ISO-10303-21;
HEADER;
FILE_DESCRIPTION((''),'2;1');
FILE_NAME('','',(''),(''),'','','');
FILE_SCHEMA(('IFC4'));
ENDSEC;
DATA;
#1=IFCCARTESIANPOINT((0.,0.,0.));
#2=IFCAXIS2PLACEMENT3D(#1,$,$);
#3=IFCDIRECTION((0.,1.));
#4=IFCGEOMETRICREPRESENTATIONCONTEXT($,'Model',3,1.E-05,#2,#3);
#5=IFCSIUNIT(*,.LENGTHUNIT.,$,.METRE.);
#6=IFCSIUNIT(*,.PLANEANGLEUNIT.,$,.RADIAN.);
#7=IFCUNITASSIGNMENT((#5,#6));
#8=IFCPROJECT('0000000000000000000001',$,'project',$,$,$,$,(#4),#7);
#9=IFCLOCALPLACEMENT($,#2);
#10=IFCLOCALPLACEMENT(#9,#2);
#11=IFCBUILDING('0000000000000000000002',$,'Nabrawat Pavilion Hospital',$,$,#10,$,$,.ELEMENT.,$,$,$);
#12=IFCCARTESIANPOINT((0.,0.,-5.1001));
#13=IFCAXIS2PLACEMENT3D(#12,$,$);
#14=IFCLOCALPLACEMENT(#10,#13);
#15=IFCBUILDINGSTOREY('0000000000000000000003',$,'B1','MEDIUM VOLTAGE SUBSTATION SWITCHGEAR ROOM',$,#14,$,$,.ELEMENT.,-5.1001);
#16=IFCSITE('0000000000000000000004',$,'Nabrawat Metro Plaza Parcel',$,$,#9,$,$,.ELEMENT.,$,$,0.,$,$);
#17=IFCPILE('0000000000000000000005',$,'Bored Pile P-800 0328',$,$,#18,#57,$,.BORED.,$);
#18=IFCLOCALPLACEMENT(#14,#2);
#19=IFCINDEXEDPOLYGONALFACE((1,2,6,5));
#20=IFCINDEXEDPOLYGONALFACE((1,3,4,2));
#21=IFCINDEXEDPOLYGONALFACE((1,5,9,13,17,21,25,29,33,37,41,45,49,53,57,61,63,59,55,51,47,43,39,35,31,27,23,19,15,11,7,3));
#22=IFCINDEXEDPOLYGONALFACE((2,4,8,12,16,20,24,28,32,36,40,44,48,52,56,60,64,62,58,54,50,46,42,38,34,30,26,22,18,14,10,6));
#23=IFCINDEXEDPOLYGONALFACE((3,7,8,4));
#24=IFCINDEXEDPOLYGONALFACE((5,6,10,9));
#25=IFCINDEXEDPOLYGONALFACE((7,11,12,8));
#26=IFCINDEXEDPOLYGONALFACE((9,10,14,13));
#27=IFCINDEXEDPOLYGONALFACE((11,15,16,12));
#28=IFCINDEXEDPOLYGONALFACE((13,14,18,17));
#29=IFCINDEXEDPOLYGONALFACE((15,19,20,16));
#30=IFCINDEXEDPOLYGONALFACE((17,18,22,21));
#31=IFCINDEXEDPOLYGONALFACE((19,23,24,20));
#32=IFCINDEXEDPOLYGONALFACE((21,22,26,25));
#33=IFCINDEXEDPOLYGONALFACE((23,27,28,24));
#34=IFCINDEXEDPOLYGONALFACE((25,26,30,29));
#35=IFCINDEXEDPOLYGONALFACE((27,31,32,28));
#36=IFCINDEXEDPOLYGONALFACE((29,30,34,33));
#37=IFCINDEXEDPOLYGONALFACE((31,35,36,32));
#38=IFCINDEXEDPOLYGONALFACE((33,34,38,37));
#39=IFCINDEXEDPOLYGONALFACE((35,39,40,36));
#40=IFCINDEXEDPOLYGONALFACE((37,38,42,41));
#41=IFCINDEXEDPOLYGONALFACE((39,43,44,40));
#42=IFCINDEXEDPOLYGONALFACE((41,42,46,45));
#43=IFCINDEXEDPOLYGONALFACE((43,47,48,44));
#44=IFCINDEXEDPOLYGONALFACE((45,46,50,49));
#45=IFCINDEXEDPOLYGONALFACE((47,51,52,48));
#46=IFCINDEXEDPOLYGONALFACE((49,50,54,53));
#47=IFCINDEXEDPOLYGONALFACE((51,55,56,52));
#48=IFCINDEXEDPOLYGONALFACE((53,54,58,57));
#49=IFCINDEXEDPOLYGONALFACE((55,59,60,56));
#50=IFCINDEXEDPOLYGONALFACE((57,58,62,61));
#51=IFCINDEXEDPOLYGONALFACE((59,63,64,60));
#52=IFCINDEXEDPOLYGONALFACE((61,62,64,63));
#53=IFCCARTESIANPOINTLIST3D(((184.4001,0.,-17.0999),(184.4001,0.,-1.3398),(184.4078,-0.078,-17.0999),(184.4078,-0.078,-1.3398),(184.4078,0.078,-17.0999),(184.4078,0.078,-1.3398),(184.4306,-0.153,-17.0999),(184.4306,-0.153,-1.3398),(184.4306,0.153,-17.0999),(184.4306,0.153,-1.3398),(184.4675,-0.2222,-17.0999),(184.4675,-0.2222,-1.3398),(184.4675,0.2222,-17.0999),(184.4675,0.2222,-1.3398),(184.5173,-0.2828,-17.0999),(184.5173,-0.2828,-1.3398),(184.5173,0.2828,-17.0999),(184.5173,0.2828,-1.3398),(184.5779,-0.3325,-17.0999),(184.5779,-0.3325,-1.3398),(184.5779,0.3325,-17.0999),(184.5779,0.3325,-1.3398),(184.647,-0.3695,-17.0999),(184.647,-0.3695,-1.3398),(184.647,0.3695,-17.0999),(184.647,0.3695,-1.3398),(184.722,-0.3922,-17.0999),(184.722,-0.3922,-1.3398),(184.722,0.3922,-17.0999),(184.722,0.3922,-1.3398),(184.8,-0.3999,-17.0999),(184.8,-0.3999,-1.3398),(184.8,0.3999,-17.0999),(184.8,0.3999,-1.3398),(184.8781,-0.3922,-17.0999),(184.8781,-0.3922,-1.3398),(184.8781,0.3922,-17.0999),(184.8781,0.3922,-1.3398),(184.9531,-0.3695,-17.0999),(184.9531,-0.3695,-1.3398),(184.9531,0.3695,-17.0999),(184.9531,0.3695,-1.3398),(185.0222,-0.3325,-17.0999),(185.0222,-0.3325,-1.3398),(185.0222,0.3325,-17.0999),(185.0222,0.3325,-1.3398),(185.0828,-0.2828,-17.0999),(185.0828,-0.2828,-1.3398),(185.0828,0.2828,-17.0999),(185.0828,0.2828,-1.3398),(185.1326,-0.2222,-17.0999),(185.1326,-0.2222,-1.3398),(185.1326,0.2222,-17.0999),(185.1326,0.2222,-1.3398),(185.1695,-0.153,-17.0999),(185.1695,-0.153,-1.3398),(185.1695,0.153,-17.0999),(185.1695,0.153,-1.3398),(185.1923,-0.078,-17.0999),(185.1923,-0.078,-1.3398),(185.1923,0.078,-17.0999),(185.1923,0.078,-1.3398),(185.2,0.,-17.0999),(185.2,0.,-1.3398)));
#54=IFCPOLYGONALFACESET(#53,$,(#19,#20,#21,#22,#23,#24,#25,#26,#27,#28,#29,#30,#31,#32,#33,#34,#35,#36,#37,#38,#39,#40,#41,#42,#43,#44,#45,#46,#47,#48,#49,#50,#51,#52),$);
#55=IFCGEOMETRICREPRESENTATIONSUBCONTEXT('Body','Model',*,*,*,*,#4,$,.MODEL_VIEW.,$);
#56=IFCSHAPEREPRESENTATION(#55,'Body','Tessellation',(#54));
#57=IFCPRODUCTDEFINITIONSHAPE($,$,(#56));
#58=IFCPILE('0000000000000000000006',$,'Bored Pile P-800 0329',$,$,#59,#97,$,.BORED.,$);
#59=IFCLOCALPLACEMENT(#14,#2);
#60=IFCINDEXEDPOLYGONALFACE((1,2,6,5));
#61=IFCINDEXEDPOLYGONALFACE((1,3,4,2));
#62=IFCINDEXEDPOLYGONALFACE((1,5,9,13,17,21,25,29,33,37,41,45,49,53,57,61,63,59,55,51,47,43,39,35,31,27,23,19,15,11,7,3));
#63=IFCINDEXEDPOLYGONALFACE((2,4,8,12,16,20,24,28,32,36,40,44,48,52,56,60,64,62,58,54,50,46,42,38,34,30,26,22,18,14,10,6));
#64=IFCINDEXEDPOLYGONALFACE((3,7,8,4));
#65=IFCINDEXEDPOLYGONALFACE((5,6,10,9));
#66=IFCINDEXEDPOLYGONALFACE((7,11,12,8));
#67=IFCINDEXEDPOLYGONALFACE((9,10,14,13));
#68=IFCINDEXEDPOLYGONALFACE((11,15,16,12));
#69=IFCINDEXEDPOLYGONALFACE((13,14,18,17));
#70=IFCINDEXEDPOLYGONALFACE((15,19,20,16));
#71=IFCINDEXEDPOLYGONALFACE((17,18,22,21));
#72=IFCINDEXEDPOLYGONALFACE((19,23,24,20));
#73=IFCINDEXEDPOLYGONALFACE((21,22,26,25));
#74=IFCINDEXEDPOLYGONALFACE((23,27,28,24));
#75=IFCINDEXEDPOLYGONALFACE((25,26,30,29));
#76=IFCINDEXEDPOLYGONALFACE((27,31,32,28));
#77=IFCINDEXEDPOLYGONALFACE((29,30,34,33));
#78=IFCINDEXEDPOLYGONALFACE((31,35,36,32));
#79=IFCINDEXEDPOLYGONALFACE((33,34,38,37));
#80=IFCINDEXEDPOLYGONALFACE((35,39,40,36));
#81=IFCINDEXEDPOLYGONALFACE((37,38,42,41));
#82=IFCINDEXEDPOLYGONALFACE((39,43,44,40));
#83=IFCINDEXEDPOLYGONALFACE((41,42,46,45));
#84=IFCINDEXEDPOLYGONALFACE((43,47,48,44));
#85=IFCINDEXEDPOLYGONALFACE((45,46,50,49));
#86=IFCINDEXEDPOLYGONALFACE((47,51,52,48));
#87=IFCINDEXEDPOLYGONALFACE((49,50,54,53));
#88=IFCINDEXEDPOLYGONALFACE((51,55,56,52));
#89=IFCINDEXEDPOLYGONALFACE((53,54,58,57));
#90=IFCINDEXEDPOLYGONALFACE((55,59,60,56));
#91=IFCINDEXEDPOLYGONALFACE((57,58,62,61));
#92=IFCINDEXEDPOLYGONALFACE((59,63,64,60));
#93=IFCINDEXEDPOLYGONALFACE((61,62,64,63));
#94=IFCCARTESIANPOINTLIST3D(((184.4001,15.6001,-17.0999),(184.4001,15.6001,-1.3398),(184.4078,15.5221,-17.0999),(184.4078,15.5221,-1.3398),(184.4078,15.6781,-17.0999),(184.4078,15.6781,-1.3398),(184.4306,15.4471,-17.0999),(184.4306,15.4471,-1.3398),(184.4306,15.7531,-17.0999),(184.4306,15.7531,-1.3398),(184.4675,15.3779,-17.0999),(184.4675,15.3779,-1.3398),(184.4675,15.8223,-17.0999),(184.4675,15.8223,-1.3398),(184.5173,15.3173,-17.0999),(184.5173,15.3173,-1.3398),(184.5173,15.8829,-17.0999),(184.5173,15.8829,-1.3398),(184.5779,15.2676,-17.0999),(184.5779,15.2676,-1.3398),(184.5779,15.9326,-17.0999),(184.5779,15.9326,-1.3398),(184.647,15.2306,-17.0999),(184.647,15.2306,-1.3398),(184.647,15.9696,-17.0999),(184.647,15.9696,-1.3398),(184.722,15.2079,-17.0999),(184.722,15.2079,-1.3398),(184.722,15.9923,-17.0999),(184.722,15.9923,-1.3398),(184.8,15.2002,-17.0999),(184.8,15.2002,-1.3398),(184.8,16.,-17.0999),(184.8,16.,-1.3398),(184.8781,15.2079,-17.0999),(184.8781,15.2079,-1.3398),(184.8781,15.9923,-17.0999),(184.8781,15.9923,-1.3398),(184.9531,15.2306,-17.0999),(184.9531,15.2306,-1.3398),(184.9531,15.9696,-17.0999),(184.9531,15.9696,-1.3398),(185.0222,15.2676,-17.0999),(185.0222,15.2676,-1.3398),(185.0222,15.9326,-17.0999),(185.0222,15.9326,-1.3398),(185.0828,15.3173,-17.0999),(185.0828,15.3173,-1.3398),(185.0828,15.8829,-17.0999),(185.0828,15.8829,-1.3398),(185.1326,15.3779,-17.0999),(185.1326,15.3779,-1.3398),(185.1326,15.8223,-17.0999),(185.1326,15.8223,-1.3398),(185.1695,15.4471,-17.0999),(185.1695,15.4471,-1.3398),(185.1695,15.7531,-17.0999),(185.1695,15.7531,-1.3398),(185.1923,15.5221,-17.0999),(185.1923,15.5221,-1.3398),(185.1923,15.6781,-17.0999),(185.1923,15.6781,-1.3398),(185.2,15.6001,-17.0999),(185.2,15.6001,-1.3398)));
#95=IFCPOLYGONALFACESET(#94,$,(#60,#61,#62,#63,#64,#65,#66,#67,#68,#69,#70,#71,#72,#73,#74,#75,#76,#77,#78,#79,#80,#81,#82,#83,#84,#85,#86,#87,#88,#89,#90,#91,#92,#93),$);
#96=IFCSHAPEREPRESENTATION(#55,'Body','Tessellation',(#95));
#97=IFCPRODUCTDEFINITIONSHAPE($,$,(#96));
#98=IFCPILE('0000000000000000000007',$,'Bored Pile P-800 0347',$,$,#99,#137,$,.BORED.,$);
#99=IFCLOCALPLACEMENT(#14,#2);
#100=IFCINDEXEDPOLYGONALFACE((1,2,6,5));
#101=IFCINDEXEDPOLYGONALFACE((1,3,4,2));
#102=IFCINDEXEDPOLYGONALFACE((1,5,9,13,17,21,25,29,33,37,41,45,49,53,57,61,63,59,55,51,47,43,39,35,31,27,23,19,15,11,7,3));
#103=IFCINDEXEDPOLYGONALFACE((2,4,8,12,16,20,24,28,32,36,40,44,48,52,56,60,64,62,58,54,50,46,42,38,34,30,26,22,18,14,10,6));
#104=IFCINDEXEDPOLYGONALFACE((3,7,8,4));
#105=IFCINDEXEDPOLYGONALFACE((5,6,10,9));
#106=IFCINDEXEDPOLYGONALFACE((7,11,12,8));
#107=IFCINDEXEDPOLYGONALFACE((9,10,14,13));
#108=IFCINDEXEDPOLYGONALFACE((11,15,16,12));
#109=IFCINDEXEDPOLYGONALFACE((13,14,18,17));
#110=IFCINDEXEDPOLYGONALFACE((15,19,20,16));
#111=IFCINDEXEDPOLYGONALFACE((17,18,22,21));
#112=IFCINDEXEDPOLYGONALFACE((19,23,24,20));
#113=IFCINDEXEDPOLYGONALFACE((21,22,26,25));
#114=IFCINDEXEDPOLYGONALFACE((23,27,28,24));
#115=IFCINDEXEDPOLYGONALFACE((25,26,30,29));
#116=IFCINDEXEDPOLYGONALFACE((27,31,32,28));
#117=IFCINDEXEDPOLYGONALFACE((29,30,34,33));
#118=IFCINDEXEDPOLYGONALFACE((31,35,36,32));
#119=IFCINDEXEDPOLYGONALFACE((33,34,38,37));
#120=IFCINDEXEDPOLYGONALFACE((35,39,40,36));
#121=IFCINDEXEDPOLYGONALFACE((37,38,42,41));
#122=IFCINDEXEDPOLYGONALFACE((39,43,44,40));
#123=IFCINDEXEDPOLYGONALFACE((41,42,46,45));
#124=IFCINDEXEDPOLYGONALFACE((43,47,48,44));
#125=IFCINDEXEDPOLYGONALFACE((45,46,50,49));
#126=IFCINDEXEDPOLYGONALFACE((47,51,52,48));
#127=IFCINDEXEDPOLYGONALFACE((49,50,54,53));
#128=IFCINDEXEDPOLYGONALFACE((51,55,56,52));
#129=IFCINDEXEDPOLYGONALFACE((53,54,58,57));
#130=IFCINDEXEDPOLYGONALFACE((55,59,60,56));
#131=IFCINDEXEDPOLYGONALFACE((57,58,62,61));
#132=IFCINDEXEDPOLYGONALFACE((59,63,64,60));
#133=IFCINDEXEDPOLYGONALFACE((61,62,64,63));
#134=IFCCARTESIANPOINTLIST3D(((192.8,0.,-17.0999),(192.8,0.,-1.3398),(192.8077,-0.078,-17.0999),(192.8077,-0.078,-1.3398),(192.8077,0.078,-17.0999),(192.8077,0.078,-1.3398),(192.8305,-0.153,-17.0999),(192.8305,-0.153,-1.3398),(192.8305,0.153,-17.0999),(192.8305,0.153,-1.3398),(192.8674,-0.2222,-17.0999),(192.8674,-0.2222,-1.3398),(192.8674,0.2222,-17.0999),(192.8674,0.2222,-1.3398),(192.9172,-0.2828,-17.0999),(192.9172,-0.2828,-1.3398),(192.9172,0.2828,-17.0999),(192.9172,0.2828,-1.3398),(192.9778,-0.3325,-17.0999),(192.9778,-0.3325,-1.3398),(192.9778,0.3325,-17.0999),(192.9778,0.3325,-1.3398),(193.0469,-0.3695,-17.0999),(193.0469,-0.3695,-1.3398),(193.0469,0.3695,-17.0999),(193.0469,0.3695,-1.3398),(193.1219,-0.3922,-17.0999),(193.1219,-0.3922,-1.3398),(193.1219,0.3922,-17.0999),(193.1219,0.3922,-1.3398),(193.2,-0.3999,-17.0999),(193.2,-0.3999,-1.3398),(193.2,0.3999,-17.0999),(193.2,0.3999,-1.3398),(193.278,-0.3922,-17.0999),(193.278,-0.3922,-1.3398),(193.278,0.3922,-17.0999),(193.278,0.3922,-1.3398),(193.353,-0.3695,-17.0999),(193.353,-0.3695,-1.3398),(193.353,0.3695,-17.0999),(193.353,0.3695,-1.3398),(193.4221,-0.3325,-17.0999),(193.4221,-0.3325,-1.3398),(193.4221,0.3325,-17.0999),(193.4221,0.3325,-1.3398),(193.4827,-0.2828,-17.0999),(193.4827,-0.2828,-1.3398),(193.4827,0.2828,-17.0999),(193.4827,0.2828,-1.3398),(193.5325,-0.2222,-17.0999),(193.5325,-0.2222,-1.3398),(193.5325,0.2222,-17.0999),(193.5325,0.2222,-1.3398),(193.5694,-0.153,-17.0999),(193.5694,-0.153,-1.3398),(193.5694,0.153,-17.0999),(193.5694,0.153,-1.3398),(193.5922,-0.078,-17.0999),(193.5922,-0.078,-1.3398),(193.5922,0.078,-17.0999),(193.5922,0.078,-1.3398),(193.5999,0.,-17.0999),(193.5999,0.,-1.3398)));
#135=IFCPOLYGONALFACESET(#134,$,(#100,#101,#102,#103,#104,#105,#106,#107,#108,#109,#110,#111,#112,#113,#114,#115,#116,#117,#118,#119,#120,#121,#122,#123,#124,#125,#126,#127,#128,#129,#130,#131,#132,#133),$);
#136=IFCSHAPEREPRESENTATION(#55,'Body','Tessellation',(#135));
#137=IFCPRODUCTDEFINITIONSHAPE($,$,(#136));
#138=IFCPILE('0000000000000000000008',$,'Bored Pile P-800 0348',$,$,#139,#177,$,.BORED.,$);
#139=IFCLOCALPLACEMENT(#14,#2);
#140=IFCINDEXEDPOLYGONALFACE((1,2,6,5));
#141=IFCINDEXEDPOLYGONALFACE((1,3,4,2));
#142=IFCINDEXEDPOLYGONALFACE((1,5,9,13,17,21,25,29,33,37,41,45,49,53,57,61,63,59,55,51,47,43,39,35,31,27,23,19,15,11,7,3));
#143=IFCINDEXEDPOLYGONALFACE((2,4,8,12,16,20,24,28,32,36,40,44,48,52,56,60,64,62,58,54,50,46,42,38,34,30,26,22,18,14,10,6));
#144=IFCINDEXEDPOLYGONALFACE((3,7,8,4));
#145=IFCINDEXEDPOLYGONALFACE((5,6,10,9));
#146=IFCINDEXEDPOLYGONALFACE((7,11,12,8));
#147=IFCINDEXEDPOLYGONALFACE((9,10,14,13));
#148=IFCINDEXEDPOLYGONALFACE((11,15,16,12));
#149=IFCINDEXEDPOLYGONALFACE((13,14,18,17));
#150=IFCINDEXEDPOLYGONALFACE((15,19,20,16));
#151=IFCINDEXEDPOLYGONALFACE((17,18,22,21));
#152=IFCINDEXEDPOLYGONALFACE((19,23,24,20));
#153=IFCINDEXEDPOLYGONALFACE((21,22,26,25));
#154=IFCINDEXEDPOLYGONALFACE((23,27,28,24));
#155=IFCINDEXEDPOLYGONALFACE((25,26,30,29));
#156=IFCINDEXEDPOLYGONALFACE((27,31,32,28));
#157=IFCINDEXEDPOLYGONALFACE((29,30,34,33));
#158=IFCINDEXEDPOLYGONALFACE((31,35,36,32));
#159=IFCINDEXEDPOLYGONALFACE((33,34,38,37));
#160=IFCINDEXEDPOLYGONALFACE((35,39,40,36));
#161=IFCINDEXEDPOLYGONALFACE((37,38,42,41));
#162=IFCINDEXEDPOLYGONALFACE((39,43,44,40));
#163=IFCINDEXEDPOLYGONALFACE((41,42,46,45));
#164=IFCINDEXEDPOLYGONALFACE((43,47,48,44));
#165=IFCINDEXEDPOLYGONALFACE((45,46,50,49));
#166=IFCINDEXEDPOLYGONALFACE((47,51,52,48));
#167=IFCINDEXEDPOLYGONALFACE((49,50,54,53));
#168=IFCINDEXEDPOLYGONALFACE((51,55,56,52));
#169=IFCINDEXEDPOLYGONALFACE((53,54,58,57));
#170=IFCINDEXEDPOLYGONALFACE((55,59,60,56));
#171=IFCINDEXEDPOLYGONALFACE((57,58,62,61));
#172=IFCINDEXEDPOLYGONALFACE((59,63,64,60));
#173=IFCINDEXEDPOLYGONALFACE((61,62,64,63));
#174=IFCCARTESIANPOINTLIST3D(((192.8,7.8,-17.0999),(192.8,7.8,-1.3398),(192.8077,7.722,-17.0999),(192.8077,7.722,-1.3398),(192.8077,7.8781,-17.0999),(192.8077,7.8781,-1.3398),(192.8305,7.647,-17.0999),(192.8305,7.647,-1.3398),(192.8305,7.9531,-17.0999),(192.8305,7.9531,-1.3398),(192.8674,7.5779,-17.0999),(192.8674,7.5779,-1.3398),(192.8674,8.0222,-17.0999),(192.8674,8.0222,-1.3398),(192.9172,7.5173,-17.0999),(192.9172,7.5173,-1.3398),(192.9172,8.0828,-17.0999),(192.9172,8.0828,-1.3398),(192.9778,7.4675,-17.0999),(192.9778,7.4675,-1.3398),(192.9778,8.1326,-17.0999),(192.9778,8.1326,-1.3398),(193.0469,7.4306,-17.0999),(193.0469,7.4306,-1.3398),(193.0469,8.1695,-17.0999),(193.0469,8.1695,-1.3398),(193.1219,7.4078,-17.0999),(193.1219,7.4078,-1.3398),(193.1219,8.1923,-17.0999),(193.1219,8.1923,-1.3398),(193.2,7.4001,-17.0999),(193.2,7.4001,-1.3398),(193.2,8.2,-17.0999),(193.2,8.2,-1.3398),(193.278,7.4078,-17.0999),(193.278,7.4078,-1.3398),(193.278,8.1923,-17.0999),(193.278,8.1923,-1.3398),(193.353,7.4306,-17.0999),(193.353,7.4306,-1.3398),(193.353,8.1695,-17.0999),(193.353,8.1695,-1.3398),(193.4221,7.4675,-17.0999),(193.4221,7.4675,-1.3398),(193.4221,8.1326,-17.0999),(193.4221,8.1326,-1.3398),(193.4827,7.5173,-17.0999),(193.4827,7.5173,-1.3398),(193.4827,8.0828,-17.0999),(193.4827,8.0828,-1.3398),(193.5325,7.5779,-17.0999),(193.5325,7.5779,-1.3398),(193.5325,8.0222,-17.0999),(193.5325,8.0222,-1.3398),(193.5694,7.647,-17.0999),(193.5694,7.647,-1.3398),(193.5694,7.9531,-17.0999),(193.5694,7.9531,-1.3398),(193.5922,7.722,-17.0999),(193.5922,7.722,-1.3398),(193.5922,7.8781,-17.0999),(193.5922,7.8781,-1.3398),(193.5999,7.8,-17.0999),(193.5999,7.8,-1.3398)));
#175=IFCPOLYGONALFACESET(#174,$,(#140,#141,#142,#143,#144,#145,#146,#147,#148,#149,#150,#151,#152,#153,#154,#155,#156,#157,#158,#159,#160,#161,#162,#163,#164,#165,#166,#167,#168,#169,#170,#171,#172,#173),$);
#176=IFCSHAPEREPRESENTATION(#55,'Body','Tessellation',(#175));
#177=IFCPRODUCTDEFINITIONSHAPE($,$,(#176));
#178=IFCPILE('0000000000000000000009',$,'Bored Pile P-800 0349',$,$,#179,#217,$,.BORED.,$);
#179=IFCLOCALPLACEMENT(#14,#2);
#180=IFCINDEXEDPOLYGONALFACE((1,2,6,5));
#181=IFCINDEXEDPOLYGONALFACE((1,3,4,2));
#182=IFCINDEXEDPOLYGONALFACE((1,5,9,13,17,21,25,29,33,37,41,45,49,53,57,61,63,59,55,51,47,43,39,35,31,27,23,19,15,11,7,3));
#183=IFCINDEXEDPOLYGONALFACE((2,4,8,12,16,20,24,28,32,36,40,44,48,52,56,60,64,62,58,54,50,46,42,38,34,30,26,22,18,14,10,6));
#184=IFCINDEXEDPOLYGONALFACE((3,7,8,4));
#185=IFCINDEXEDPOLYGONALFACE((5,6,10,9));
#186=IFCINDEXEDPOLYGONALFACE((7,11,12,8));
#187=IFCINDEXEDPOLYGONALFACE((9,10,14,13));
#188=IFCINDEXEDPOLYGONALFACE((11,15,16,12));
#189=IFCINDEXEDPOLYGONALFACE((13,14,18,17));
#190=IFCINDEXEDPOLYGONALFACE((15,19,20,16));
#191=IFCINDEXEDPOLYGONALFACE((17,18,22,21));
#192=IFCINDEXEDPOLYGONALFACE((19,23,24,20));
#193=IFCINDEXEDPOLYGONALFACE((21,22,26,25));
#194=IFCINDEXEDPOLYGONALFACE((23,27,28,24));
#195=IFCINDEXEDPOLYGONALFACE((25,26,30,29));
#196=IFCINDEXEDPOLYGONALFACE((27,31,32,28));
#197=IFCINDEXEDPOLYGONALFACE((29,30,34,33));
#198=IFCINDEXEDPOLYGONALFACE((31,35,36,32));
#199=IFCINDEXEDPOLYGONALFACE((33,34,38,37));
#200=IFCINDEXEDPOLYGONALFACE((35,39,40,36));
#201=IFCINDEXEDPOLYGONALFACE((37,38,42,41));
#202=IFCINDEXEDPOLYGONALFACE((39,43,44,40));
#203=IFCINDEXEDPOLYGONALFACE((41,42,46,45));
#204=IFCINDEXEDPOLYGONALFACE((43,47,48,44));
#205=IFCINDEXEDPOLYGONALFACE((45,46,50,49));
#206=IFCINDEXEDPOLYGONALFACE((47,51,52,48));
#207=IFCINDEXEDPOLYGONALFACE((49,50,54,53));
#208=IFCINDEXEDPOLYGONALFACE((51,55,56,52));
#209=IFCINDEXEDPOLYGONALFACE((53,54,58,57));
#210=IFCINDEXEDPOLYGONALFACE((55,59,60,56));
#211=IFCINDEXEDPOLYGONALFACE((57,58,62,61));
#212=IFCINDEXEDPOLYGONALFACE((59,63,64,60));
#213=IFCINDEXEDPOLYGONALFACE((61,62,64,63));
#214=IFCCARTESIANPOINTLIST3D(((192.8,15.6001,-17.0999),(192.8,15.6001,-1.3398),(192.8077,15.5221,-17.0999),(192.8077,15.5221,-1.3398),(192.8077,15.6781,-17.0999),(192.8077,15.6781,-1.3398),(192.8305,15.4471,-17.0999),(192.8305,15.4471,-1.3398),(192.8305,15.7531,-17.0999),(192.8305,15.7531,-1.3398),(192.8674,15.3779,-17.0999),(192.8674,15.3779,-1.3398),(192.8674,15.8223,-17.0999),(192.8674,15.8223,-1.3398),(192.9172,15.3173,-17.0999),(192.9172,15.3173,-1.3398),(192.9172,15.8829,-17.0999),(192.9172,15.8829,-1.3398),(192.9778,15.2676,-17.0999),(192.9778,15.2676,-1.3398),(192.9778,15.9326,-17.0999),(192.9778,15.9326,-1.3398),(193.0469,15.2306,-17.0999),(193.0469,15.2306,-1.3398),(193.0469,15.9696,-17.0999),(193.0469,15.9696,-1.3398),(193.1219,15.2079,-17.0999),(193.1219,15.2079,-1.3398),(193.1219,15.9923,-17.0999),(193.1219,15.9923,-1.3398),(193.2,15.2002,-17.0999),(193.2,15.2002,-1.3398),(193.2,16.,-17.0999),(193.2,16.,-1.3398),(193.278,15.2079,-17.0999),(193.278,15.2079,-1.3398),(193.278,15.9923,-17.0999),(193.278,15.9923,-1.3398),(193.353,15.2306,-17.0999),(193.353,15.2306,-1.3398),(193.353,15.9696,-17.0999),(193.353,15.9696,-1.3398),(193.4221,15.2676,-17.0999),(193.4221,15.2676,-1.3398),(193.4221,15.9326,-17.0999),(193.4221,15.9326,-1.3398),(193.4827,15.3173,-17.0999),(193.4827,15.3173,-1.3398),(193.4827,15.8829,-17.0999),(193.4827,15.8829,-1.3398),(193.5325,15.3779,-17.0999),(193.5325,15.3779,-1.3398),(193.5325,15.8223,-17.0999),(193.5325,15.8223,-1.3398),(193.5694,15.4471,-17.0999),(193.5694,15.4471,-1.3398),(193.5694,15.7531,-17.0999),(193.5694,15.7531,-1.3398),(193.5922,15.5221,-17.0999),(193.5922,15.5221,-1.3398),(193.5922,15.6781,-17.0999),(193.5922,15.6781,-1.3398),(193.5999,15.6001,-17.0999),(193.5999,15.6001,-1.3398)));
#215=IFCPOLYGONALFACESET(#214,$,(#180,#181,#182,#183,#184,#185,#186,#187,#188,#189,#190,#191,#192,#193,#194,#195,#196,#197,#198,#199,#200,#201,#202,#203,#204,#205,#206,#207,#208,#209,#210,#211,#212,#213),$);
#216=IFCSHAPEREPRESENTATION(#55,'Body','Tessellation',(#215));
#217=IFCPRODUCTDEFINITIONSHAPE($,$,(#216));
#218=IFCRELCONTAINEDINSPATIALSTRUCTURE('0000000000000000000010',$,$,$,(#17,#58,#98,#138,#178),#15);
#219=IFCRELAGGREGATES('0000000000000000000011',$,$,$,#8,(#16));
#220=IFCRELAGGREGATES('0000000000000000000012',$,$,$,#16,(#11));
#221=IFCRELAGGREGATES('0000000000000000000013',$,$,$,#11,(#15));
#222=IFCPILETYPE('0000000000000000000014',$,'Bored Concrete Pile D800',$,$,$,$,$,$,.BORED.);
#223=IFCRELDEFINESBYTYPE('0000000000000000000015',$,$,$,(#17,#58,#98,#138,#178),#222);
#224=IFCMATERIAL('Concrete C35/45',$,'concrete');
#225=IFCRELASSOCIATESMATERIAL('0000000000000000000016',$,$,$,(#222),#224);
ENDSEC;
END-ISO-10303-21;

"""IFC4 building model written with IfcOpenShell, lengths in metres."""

from ifc_helpers import new_model, si_unit, direction, frame, origin, origin_2d, place, context, subcontext, project, spatial, circle, extrude, material, material_profile, profile_set, type_object, element, save


model = new_model("IFC4")

# Units and contexts
model_context = context("Model", 3, precision=1e-05, world=origin(), true_north=direction((0.0, 1.0)))
body_context = subcontext(model_context, "Body", "Model", "MODEL_VIEW")
ifc_project = project(units=[si_unit("LENGTHUNIT", "METRE"), si_unit("PLANEANGLEUNIT", "RADIAN")], contexts=[model_context])

# Site, building, storey
site_placement = place(None, origin())
site = spatial("IfcSite", under=ifc_project, at=site_placement, Name="Nabrawat Metro Plaza Parcel", CompositionType="ELEMENT", RefElevation=0.0)
building_placement = place(site_placement, origin())
building = spatial("IfcBuilding", under=site, at=building_placement, Name="Nabrawat Pavilion Hospital", CompositionType="ELEMENT")
storey_placement = place(building_placement, frame((0.0, 0.0, -5.1001)))
storey = spatial("IfcBuildingStorey", under=building, at=storey_placement, Name="B1", Description="MEDIUM VOLTAGE SUBSTATION SWITCHGEAR ROOM", CompositionType="ELEMENT", Elevation=-5.1001)

# Piles
ifc_material_1 = material(Name="Concrete C35/45", Category="concrete")
ifc_material_profile_1 = material_profile(ifc_material_1, circle(Radius=0.3999, at=origin_2d()), Name="DIA 800")
ifc_profile_set_1 = profile_set([ifc_material_profile_1], Name="Concrete C35/45")
pile_type = type_object("IfcPileType", Name="Bored Concrete Pile D800", PredefinedType="BORED", material=ifc_profile_set_1)
for number, where, z_axis, x_axis, name in (
    (1, (184.8, 0.0, -1.3398), (0.0, 0.0, -1.0), (1.0, 0.0, 0.0), "Bored Pile P-800 0328"),
    (2, (184.8, 15.6001, -1.3398), (0.0, 0.0, -1.0), (1.0, 0.0, 0.0), "Bored Pile P-800 0329"),
    (3, (193.2, 0.0, -1.3398), (0.0, 0.0, -1.0), (1.0, 0.0, 0.0), "Bored Pile P-800 0347"),
    (4, (193.2, 7.8, -1.3398), (0.0, 0.0, -1.0), (1.0, 0.0, 0.0), "Bored Pile P-800 0348"),
    (5, (193.2, 15.6001, -1.3398), (0.0, 0.0, -1.0), (1.0, 0.0, 0.0), "Bored Pile P-800 0349"),
):
    element("IfcPile", number, at=place(storey_placement, frame(where, z_axis=z_axis, x_axis=x_axis)), inside=storey, type_object=pile_type, Name=name, PredefinedType="BORED", context=body_context, shape_type="SweptSolid", body=[
        extrude(circle(Radius=0.3999, at=origin_2d()), origin(), (0.0, 0.0, 1.0), 15.76),
    ])

save(model, "model.ifc")
